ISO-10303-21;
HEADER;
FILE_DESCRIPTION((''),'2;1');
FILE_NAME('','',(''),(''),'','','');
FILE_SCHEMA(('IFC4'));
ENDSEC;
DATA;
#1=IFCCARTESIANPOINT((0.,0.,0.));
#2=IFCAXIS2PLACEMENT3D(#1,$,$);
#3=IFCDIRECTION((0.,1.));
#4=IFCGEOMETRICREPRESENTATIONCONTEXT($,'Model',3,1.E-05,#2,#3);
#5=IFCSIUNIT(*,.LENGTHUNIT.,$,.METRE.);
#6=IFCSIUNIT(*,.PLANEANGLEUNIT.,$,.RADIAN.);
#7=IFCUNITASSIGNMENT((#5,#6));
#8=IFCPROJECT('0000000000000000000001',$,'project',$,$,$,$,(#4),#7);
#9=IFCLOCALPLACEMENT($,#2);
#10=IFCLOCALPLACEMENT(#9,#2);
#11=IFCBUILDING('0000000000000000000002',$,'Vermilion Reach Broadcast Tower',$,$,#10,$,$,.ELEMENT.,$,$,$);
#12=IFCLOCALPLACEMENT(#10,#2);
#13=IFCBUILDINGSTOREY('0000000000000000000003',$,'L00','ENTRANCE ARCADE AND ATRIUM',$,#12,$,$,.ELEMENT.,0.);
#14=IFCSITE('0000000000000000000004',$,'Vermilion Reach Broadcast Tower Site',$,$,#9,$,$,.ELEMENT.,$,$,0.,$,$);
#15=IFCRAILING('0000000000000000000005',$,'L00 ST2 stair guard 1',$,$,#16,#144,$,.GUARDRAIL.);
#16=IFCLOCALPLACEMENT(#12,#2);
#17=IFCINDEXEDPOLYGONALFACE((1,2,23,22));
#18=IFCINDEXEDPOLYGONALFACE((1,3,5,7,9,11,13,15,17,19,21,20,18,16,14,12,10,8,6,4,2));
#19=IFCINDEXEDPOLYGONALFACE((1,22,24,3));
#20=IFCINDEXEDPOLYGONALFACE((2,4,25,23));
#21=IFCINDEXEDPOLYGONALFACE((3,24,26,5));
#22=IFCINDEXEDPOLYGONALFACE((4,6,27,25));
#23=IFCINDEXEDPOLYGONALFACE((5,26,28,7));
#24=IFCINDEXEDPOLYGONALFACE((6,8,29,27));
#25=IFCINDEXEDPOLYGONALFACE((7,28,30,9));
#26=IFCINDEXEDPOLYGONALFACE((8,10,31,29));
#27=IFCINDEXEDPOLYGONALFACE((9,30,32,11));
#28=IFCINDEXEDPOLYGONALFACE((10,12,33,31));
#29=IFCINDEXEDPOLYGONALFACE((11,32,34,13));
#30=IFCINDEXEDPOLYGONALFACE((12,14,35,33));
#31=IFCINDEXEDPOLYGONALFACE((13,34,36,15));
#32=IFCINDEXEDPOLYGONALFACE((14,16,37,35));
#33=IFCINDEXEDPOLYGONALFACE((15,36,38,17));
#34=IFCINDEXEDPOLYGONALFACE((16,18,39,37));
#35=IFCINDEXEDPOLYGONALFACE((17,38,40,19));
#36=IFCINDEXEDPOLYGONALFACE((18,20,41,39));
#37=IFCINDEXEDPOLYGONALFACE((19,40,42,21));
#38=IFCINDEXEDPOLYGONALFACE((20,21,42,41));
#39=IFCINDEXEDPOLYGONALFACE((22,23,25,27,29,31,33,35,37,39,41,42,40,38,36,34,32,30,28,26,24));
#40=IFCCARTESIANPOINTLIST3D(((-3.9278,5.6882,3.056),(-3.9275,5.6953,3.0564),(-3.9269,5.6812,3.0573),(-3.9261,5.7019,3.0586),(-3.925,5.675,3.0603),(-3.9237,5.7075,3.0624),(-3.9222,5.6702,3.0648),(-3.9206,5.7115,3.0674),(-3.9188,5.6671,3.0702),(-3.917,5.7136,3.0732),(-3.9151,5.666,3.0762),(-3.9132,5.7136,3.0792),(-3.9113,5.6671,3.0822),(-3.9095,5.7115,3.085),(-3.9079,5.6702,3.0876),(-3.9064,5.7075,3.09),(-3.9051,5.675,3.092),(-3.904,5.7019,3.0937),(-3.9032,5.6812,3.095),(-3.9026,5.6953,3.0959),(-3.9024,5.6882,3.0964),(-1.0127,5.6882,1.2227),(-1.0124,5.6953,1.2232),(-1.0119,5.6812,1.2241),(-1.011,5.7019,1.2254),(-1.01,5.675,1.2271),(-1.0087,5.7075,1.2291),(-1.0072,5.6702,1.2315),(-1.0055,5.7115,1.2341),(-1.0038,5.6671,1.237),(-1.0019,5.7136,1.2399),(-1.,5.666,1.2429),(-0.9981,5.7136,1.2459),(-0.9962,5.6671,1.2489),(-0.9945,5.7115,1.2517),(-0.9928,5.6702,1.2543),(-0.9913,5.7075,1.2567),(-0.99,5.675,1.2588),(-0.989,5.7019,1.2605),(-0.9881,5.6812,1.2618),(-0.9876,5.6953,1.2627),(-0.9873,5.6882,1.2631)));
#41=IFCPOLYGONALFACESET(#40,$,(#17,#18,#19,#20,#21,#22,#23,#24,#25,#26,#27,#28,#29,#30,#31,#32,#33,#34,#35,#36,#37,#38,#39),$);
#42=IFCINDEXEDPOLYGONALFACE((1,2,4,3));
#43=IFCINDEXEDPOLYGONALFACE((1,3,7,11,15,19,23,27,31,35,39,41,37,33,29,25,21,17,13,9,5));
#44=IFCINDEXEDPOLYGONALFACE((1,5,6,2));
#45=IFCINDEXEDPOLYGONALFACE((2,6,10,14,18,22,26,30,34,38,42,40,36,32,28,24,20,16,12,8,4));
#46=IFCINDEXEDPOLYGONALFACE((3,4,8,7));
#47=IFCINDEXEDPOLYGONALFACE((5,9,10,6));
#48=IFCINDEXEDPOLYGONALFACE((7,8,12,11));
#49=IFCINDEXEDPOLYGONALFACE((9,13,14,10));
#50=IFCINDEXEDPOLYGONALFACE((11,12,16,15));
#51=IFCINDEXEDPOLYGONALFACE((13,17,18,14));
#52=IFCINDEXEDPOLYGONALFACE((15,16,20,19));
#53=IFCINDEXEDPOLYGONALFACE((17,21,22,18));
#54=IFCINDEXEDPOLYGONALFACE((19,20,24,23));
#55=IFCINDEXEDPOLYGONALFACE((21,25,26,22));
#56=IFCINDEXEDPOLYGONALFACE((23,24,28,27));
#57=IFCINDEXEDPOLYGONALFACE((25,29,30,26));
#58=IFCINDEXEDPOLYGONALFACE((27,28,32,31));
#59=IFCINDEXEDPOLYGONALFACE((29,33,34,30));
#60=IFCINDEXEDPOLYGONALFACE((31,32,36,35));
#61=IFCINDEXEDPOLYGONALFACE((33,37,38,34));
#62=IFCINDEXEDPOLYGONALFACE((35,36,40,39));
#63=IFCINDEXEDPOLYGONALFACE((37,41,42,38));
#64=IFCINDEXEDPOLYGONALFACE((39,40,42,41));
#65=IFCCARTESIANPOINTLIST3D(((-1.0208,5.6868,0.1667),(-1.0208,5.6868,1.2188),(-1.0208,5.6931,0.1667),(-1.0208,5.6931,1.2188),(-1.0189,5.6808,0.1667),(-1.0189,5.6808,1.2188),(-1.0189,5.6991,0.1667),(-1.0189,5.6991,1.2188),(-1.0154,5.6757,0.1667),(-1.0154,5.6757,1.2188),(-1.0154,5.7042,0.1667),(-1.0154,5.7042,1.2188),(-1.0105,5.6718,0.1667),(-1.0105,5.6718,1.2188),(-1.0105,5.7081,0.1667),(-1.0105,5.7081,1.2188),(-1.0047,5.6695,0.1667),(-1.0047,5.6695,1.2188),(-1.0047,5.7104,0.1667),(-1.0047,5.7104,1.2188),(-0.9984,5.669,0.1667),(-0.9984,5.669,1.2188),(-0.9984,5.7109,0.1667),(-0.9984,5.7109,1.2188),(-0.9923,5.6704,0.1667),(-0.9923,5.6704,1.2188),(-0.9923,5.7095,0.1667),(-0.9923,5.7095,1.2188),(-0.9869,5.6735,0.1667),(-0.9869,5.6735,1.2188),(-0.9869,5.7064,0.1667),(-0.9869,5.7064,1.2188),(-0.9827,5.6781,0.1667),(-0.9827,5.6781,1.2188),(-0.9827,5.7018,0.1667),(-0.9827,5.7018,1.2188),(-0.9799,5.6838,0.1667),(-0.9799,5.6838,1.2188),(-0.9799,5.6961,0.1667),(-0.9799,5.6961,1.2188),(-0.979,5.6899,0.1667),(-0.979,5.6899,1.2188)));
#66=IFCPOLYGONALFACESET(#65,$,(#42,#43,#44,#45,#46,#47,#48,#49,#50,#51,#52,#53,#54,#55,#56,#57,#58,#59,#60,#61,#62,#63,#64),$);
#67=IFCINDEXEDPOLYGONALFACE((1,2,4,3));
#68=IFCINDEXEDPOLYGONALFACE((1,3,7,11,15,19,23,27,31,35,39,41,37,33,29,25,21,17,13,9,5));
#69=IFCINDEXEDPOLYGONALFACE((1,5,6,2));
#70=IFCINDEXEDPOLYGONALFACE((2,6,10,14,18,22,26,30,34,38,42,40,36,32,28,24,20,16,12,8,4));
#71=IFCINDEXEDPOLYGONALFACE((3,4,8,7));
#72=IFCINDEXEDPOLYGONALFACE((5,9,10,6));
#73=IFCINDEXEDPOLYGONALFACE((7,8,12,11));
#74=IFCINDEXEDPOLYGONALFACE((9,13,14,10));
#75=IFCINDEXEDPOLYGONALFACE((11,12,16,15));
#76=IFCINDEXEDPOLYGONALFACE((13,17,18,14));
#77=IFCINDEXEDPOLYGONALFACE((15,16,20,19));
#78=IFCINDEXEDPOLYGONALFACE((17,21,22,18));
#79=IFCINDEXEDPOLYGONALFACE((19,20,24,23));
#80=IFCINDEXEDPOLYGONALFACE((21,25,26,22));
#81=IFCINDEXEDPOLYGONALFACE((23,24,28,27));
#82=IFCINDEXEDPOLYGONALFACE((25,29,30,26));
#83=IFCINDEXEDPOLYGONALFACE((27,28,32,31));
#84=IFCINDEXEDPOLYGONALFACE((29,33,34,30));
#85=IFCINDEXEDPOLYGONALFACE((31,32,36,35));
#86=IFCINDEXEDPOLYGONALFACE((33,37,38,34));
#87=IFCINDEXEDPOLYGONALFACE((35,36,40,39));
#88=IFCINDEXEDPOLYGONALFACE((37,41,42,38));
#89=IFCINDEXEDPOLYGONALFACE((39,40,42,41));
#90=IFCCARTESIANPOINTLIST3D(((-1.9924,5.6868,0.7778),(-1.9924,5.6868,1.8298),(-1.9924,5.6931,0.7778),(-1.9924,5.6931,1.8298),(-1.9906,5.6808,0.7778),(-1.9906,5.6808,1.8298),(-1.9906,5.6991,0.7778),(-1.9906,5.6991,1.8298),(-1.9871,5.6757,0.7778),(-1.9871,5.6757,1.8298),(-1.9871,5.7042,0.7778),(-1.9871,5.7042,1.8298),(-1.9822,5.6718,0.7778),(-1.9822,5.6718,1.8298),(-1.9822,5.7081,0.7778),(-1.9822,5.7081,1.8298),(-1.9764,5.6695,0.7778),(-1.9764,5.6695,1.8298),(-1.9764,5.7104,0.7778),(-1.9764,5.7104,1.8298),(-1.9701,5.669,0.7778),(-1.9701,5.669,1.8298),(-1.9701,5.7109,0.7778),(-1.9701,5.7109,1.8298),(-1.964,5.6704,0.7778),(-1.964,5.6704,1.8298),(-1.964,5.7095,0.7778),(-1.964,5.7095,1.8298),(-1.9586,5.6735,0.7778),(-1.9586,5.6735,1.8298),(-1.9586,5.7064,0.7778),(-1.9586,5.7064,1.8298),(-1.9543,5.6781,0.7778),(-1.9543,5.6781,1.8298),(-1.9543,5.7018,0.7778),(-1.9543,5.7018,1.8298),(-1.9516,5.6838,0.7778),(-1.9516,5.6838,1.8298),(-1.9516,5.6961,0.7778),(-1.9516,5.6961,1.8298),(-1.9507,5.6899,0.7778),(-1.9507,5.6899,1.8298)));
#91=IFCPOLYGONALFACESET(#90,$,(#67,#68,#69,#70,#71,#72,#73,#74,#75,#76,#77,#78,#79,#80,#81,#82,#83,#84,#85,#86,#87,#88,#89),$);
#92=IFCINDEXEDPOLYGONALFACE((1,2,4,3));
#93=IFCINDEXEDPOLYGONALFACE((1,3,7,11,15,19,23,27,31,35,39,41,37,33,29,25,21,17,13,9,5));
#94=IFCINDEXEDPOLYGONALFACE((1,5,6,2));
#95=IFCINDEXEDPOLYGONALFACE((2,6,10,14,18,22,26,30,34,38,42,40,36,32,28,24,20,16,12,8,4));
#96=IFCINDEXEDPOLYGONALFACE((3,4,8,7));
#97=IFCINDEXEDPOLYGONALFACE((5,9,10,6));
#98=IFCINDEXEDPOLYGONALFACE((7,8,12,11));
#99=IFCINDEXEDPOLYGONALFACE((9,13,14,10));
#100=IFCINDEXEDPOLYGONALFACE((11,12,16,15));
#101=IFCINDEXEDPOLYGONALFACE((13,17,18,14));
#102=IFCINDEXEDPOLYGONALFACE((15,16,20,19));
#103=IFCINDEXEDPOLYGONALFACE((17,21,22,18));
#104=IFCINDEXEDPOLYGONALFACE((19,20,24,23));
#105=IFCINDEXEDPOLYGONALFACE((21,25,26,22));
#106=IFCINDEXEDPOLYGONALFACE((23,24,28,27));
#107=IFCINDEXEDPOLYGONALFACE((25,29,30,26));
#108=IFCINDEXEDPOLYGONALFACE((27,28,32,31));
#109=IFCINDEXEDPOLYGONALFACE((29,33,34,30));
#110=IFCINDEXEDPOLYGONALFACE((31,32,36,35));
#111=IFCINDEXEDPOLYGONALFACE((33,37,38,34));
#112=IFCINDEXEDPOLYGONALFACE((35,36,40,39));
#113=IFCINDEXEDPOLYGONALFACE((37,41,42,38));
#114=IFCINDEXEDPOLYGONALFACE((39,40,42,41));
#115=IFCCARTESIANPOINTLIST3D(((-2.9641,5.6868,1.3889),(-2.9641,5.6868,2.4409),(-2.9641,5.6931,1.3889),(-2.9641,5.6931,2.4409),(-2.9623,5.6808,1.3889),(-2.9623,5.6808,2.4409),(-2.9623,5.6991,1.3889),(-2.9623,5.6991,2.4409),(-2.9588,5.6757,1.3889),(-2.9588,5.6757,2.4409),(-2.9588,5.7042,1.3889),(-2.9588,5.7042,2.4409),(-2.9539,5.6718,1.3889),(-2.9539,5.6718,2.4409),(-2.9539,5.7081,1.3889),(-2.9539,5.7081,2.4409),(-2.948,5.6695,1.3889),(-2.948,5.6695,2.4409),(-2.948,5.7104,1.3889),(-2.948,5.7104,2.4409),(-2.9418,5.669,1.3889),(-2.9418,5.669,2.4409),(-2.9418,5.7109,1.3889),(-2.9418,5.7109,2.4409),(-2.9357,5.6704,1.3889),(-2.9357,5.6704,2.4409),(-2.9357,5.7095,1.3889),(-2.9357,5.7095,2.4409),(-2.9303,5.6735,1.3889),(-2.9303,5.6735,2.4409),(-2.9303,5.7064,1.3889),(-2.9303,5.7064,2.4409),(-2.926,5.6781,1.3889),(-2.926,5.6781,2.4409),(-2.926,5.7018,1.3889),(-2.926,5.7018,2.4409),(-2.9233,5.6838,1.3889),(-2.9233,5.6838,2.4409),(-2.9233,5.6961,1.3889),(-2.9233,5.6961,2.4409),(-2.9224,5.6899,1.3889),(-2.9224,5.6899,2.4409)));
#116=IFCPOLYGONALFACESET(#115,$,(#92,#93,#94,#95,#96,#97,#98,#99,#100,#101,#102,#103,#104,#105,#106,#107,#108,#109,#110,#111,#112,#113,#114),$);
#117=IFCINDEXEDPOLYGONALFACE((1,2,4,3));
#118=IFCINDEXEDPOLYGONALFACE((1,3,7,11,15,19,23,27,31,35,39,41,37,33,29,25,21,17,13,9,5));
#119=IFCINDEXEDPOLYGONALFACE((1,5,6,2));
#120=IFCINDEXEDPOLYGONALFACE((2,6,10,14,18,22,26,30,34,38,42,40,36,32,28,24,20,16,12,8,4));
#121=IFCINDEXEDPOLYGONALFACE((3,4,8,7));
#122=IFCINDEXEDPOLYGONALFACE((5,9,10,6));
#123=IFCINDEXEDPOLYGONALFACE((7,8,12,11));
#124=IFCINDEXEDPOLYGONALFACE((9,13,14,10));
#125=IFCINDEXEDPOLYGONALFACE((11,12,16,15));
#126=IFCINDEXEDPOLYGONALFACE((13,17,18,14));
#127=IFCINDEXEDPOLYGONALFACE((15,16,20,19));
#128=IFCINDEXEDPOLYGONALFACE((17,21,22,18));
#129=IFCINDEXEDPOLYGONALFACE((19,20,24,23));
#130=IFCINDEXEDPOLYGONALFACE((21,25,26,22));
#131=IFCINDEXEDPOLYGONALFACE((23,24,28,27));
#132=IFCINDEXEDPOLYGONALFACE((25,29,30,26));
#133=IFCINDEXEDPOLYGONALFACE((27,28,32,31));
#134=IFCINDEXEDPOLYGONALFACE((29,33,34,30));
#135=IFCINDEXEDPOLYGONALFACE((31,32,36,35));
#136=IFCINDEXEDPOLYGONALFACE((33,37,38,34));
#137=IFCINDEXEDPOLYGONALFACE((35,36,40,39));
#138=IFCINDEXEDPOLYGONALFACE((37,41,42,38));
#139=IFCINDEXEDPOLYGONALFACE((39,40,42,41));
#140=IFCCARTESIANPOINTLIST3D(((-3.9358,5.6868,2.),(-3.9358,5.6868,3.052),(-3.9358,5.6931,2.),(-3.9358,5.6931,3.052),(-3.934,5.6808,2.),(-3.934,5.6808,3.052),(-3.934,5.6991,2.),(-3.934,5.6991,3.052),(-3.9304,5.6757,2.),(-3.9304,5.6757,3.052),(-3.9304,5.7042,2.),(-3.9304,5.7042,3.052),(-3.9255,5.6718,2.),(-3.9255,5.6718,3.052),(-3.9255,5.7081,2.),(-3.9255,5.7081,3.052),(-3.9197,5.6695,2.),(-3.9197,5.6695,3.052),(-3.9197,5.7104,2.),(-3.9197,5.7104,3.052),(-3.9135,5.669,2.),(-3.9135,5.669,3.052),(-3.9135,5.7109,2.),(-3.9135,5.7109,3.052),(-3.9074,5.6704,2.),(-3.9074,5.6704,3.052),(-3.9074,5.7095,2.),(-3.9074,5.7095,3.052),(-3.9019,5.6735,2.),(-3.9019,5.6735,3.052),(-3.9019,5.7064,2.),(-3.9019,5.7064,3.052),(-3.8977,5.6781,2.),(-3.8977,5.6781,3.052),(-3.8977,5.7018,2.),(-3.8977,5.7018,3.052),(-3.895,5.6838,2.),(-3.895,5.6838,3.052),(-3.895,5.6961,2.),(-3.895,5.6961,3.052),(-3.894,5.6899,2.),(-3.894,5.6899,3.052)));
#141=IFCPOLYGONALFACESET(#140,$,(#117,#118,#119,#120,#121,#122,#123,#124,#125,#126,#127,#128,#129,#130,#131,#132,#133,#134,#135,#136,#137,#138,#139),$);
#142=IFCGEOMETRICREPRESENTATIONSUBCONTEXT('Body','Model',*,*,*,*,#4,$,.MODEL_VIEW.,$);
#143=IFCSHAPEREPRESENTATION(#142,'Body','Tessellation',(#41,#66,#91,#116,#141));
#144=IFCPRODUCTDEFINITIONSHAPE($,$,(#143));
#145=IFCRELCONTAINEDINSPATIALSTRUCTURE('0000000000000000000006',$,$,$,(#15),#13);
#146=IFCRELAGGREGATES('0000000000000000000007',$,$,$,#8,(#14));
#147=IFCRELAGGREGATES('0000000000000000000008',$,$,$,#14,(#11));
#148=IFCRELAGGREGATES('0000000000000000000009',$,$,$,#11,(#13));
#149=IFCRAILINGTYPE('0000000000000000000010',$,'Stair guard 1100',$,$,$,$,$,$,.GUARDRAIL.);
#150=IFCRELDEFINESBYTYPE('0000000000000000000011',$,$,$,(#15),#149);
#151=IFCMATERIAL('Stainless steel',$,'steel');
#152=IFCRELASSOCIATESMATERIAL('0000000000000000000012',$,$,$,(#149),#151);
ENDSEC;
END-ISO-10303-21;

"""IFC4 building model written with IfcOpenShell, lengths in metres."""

from ifc_helpers import new_model, si_unit, direction, frame, origin, origin_2d, place, context, subcontext, project, spatial, circle, extrude, material, type_object, element, save


model = new_model("IFC4")

# Units and contexts
model_context = context("Model", 3, precision=1e-05, world=origin(), true_north=direction((0.0, 1.0)))
body_context = subcontext(model_context, "Body", "Model", "MODEL_VIEW")
ifc_project = project(units=[si_unit("LENGTHUNIT", "METRE"), si_unit("PLANEANGLEUNIT", "RADIAN")], contexts=[model_context])

# Site, building, storey
site_placement = place(None, origin())
site = spatial("IfcSite", under=ifc_project, at=site_placement, Name="Vermilion Reach Broadcast Tower Site", CompositionType="ELEMENT", RefElevation=0.0)
building_placement = place(site_placement, origin())
building = spatial("IfcBuilding", under=site, at=building_placement, Name="Vermilion Reach Broadcast Tower", CompositionType="ELEMENT")
storey_placement = place(building_placement, origin())
storey = spatial("IfcBuildingStorey", under=building, at=storey_placement, Name="L00", Description="ENTRANCE ARCADE AND ATRIUM", CompositionType="ELEMENT", Elevation=0.0)

# Railing
ifc_material_1 = material(Name="Stainless steel", Category="steel")
railing_type_1 = type_object("IfcRailingType", Name="Stair guard 1100", PredefinedType="GUARDRAIL", material=ifc_material_1)
railing_1_placement = place(storey_placement, frame((-1.0, 5.6899, 0.1667)))
element("IfcRailing", 1, at=railing_1_placement, inside=storey, type_object=railing_type_1, Name="L00 ST2 stair guard 1", PredefinedType="GUARDRAIL", context=body_context, shape_type="SweptSolid", body=[
    extrude(circle(Radius=0.0239, at=origin_2d()), frame((0.0, 0.0, 1.0762), z_axis=(-0.846513, 0.0, 0.532368), x_axis=(0.0, -1.0, 0.0)), (0.0, 0.0, 1.0), 3.4436),
    extrude(circle(Radius=0.021, at=origin_2d()), origin(), (0.0, 0.0, 1.0), 1.052),
    extrude(circle(Radius=0.021, at=origin_2d()), frame((-0.9717, 0.0, 0.6111)), (0.0, 0.0, 1.0), 1.052),
    extrude(circle(Radius=0.021, at=origin_2d()), frame((-1.9434, 0.0, 1.2222)), (0.0, 0.0, 1.0), 1.052),
    extrude(circle(Radius=0.021, at=origin_2d()), frame((-2.915, 0.0, 1.8333)), (0.0, 0.0, 1.0), 1.052),
])

save(model, "model.ifc")
